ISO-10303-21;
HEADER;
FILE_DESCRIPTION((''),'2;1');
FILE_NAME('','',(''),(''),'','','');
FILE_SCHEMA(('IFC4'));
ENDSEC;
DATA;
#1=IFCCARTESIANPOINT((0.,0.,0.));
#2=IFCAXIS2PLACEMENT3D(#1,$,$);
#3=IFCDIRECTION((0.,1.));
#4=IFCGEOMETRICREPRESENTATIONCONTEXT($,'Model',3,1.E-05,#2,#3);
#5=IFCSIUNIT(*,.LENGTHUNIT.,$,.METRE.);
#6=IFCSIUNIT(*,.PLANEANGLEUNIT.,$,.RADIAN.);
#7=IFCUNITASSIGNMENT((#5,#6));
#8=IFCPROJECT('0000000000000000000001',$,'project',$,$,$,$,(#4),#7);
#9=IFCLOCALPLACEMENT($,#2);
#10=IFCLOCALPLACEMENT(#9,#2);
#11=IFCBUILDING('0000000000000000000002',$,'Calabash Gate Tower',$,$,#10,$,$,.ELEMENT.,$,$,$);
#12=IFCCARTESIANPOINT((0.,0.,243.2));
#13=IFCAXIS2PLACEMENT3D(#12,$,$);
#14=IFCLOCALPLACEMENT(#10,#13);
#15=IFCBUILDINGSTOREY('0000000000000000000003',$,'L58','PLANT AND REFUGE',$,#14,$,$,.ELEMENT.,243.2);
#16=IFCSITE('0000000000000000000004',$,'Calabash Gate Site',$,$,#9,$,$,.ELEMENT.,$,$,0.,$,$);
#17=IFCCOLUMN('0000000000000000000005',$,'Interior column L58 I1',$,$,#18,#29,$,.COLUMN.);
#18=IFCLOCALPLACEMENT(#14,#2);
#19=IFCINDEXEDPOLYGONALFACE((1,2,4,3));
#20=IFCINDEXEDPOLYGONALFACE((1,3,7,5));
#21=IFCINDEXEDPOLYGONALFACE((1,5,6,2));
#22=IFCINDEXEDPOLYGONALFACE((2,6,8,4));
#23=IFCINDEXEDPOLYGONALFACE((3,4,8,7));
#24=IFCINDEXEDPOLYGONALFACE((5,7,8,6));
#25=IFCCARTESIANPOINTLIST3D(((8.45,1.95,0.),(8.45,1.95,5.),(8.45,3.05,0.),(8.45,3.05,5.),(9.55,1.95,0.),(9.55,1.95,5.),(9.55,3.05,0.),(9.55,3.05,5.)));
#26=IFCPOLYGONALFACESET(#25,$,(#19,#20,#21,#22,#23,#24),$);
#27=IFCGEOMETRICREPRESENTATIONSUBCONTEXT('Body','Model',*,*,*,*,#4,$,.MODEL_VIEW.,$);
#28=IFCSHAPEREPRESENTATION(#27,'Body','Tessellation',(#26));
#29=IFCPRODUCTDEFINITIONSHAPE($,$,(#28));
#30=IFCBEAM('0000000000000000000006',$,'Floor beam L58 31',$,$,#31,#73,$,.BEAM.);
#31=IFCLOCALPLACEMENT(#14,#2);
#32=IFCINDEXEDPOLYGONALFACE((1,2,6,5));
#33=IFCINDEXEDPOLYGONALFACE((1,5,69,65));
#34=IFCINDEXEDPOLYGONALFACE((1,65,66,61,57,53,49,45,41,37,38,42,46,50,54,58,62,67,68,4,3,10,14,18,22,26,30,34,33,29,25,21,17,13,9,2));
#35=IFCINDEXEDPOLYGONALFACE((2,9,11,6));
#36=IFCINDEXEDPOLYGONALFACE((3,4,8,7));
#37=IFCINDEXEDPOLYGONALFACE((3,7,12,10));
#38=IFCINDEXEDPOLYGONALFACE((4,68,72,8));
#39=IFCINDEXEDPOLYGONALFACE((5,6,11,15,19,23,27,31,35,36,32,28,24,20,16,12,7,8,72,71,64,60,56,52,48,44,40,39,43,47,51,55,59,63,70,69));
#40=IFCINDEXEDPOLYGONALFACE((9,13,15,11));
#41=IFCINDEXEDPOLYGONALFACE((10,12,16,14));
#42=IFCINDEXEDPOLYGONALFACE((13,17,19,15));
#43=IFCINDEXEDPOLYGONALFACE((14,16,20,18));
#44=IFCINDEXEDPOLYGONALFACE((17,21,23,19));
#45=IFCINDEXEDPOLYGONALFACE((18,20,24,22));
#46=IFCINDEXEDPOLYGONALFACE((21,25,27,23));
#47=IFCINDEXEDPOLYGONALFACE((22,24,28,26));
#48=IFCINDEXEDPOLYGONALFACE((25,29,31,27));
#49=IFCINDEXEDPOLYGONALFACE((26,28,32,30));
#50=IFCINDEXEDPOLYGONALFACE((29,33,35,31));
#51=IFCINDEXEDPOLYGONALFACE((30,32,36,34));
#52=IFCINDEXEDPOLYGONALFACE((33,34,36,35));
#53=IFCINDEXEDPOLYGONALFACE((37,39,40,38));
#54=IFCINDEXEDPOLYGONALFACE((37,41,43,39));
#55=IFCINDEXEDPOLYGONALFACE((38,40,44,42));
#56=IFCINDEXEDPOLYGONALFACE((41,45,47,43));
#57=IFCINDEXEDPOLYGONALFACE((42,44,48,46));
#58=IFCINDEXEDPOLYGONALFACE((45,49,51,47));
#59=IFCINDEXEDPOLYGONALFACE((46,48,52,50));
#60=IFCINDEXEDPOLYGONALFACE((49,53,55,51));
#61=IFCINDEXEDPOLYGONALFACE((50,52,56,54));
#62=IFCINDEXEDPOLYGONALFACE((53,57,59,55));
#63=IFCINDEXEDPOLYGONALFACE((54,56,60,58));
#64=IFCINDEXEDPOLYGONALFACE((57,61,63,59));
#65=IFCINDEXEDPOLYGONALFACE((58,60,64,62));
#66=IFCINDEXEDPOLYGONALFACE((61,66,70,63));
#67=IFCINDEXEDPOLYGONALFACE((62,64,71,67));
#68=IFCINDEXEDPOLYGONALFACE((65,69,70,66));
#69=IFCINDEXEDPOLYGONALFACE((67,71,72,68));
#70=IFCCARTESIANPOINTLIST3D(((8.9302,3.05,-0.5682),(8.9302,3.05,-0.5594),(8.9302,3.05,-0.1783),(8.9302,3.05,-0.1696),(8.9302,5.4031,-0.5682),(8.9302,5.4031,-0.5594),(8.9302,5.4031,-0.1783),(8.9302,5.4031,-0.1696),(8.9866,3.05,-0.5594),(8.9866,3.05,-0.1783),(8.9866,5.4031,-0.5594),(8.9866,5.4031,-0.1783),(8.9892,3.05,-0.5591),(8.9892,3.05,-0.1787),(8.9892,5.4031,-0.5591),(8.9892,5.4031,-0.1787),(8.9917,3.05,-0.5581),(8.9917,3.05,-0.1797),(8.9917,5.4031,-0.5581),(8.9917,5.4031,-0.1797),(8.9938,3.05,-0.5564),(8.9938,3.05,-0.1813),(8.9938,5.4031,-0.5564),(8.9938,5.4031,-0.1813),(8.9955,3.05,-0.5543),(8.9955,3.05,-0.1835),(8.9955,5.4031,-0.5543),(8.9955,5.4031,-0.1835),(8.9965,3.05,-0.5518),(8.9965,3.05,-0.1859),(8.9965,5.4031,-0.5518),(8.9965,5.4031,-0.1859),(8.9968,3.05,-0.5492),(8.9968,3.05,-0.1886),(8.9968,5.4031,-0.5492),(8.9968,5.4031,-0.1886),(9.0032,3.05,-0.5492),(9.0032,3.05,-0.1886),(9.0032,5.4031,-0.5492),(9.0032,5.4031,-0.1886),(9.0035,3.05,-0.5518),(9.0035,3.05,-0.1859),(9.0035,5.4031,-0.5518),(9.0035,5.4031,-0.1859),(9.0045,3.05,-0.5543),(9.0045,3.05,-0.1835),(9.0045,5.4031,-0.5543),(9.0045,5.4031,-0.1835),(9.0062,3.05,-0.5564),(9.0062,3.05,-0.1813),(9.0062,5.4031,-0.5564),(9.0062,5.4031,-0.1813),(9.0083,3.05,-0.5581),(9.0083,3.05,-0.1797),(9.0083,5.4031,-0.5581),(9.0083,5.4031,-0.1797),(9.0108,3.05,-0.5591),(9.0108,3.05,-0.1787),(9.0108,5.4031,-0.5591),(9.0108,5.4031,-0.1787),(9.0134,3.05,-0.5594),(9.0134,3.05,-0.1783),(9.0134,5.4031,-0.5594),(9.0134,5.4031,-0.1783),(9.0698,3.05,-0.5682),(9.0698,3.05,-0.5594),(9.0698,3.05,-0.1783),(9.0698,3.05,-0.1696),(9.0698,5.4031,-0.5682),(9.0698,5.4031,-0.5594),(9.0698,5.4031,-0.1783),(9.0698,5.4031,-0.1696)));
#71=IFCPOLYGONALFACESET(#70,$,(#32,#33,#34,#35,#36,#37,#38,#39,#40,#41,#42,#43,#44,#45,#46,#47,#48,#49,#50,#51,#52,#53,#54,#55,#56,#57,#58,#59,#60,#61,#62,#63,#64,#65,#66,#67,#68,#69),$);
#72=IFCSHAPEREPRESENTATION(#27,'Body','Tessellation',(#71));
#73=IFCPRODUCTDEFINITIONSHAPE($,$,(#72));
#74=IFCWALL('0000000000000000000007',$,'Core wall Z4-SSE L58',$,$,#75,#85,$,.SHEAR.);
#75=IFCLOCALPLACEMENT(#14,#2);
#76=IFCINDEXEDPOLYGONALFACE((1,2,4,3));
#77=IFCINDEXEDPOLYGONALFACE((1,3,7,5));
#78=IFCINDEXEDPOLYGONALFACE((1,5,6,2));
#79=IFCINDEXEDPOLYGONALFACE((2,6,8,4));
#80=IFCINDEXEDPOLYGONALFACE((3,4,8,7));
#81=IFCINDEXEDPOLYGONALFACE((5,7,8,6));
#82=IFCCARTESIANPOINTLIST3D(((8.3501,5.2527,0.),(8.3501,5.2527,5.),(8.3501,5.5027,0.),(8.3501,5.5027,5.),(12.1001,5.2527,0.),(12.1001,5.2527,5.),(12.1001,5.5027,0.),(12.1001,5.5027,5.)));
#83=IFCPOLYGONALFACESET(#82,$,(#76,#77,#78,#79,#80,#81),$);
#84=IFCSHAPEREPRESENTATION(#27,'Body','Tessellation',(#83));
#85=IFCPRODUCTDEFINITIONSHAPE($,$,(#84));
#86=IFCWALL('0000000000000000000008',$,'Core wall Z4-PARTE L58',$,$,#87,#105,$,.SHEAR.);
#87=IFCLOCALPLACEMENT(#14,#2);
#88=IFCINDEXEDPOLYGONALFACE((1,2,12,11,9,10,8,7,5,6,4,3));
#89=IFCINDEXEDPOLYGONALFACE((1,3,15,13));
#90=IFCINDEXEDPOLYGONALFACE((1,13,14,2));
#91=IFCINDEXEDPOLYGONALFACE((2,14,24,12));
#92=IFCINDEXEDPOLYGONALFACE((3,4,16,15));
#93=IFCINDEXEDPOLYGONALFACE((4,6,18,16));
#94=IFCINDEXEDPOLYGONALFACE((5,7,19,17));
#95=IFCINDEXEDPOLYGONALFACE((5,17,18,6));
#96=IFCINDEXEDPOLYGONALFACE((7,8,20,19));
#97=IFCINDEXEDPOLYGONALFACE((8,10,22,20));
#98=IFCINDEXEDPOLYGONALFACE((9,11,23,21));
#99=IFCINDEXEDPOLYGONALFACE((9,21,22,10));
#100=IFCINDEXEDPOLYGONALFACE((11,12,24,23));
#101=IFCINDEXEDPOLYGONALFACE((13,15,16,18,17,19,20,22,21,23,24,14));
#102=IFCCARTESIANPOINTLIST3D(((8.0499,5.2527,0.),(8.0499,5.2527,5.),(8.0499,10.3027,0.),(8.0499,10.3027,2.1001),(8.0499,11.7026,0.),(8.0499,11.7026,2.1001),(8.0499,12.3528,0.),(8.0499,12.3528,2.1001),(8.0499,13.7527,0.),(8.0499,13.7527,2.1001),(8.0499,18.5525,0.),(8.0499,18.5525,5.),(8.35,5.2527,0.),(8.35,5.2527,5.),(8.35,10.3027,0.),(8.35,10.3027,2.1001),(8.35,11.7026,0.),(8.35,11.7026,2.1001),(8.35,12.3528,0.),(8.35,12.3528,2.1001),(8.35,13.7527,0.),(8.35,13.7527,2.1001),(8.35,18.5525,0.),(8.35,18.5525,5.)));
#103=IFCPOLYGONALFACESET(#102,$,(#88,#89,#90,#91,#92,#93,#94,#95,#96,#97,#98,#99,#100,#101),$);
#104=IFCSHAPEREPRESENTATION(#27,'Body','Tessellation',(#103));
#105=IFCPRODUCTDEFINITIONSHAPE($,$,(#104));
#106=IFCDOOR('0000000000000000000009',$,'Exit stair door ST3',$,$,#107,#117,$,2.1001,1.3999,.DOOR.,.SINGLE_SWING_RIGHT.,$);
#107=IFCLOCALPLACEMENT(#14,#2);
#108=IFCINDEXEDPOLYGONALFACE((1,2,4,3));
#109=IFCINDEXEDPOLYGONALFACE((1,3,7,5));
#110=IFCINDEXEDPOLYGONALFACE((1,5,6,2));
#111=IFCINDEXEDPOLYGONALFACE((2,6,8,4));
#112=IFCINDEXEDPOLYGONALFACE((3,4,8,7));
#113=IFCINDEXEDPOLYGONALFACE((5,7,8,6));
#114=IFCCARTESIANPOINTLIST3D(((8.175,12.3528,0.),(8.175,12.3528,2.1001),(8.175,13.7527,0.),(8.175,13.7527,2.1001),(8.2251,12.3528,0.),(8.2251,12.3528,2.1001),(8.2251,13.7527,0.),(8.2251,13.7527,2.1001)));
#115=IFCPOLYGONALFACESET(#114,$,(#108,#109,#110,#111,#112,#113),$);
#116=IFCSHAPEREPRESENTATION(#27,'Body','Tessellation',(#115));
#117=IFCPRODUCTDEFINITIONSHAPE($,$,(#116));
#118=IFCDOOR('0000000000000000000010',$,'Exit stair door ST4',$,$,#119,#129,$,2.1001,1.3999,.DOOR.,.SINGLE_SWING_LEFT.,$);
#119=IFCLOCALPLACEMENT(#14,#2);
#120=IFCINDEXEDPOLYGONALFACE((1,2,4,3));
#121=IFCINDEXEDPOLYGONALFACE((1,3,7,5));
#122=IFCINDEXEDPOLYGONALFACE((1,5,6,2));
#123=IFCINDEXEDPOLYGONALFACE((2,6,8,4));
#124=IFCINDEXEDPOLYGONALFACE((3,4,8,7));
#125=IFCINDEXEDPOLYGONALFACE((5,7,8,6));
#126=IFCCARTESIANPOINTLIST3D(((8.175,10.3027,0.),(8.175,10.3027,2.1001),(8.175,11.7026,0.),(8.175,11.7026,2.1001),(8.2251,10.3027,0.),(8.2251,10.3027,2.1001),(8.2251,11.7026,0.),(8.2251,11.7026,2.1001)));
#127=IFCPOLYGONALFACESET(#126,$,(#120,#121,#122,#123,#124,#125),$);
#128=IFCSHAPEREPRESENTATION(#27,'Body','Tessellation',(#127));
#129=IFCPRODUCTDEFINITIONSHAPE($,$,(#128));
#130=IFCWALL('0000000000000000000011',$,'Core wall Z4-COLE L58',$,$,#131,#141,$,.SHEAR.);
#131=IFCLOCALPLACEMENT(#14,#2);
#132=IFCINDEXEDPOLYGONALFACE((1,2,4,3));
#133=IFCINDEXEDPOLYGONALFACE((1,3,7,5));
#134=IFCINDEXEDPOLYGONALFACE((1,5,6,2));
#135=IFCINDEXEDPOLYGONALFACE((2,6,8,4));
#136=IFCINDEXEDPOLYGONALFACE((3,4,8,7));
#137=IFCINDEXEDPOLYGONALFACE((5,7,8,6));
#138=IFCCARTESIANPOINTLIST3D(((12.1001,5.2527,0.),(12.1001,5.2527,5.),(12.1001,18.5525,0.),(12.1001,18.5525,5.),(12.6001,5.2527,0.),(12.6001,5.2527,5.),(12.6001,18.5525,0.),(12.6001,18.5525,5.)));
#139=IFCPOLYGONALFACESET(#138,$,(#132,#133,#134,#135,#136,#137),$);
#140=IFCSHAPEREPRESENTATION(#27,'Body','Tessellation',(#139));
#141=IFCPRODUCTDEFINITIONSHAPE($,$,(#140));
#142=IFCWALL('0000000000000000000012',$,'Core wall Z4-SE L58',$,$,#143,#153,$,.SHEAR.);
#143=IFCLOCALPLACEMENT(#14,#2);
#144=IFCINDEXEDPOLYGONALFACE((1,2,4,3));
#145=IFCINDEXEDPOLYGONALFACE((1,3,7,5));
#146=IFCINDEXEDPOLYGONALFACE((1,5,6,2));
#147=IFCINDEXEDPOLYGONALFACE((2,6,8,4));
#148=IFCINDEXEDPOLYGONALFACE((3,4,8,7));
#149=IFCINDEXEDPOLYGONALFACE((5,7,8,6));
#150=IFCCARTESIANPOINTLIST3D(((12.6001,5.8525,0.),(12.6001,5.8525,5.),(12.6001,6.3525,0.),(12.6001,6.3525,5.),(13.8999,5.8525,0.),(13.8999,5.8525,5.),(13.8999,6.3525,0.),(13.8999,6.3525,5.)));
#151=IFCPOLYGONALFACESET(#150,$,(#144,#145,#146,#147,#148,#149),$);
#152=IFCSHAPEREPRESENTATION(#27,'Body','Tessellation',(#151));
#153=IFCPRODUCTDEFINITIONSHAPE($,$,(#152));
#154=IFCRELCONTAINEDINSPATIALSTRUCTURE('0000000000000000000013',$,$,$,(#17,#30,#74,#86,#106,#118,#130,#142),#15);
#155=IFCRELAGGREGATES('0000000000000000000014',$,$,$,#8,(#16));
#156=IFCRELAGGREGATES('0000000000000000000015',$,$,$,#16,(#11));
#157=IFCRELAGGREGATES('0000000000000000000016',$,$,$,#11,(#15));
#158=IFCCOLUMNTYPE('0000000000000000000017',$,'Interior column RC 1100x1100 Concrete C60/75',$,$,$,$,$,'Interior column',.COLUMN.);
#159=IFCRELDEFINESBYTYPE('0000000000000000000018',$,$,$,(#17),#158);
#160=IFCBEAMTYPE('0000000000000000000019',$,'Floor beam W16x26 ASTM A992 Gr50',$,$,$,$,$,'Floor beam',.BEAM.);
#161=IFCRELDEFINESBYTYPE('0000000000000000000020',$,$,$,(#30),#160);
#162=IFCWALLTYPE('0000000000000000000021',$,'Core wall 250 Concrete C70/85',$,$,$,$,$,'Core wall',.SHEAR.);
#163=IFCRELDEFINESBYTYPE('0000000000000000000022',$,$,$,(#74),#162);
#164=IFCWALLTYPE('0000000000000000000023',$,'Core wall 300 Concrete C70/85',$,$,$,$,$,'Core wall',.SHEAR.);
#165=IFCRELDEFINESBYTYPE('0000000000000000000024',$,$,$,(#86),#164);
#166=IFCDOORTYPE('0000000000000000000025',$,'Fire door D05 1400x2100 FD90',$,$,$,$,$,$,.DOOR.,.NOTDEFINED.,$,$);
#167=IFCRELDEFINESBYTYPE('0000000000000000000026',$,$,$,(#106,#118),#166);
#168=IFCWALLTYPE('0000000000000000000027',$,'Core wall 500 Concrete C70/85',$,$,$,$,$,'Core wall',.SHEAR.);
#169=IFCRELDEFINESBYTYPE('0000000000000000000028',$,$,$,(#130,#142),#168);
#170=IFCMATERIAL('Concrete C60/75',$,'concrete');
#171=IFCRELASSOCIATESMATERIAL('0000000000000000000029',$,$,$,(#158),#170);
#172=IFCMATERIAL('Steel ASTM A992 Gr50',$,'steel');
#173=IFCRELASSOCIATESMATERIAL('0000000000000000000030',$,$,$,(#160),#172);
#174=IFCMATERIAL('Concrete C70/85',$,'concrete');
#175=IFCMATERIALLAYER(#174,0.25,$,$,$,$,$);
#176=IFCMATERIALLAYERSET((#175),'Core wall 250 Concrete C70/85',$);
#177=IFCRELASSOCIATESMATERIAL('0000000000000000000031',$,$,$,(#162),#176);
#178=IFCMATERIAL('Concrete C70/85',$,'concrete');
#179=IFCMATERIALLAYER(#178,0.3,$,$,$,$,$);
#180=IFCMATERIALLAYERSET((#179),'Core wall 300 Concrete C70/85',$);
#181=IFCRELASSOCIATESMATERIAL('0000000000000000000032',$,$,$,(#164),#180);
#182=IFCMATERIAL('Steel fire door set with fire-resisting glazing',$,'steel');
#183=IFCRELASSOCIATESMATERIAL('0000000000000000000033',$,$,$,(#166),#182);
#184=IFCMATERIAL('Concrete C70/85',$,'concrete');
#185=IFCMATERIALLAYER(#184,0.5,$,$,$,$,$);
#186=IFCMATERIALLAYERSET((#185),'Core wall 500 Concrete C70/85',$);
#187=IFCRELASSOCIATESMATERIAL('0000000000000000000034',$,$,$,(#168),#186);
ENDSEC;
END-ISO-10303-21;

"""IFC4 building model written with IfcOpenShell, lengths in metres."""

from ifc_helpers import new_model, si_unit, direction, frame, frame_2d, origin, origin_2d, place, context, subcontext, project, spatial, rectangle, i_section, extrude, material, layer, layer_set, material_profile, profile_set, type_object, element, fill, save


model = new_model("IFC4")

# Units and contexts
model_context = context("Model", 3, precision=1e-05, world=origin(), true_north=direction((0.0, 1.0)))
body_context = subcontext(model_context, "Body", "Model", "MODEL_VIEW")
ifc_project = project(units=[si_unit("LENGTHUNIT", "METRE"), si_unit("PLANEANGLEUNIT", "RADIAN")], contexts=[model_context])

# Site, building, storey
site_placement = place(None, origin())
site = spatial("IfcSite", under=ifc_project, at=site_placement, Name="Calabash Gate Site", CompositionType="ELEMENT", RefElevation=0.0)
building_placement = place(site_placement, origin())
building = spatial("IfcBuilding", under=site, at=building_placement, Name="Calabash Gate Tower", CompositionType="ELEMENT")
storey_placement = place(building_placement, frame((0.0, 0.0, 243.2)))
storey = spatial("IfcBuildingStorey", under=building, at=storey_placement, Name="L58", Description="PLANT AND REFUGE", CompositionType="ELEMENT", Elevation=243.2)

# Column
ifc_material_1 = material(Name="Concrete C60/75", Category="concrete")
ifc_material_profile_1 = material_profile(ifc_material_1, rectangle(XDim=1.1001, YDim=1.1001, at=origin_2d()))
ifc_profile_set_1 = profile_set([ifc_material_profile_1], Name="Concrete C60/75")
column_type = type_object("IfcColumnType", Name="Interior column RC 1100x1100 Concrete C60/75", ElementType="Interior column", PredefinedType="COLUMN", material=ifc_profile_set_1)
column_placement = place(storey_placement, frame((9.0, 2.5, 0.0), z_axis=(0.0, 0.0, 1.0), x_axis=(1.0, 0.0, 0.0)))
element("IfcColumn", 1, at=column_placement, inside=storey, type_object=column_type, Name="Interior column L58 I1", PredefinedType="COLUMN", context=body_context, shape_type="SweptSolid", body=[
    extrude(rectangle(XDim=1.1001, YDim=1.1001, at=origin_2d()), origin(), (0.0, 0.0, 1.0), 5.0),
])

# Beam
ifc_material_2 = material(Name="Steel ASTM A992 Gr50", Category="steel")
ifc_material_profile_2 = material_profile(ifc_material_2, i_section(OverallWidth=0.1396, OverallDepth=0.3987, WebThickness=0.0063, FlangeThickness=0.0088, FilletRadius=0.0103, at=origin_2d()))
ifc_profile_set_2 = profile_set([ifc_material_profile_2], Name="Steel ASTM A992 Gr50")
beam_type = type_object("IfcBeamType", Name="Floor beam W16x26 ASTM A992 Gr50", ElementType="Floor beam", PredefinedType="BEAM", material=ifc_profile_set_2)
beam_placement = place(storey_placement, frame((9.0, 3.05, -0.3689), z_axis=(0.0, 1.0, 0.0), x_axis=(-1.0, 0.0, 0.0)))
element("IfcBeam", 2, at=beam_placement, inside=storey, type_object=beam_type, Name="Floor beam L58 31", PredefinedType="BEAM", context=body_context, shape_type="SweptSolid", body=[
    extrude(i_section(OverallWidth=0.1396, OverallDepth=0.3987, WebThickness=0.0063, FlangeThickness=0.0088, FilletRadius=0.0103, at=origin_2d()), origin(), (0.0, 0.0, 1.0), 2.353),
])

# Wall
ifc_material_3 = material(Name="Concrete C70/85", Category="concrete")
ifc_layer_1 = layer(ifc_material_3, 0.25)
ifc_layer_set_1 = layer_set([ifc_layer_1], Name="Core wall 250 Concrete C70/85")
wall_type_1 = type_object("IfcWallType", Name="Core wall 250 Concrete C70/85", ElementType="Core wall", PredefinedType="SHEAR", material=ifc_layer_set_1)
wall_1_placement = place(storey_placement, frame((8.3501, 5.3777, 0.0), z_axis=(0.0, 0.0, 1.0), x_axis=(1.0, 0.0, 0.0)))
element("IfcWall", 3, at=wall_1_placement, inside=storey, type_object=wall_type_1, Name="Core wall Z4-SSE L58", PredefinedType="SHEAR", context=body_context, shape_type="SweptSolid", body=[
    extrude(rectangle(XDim=3.75, YDim=0.25, at=frame_2d((1.875, 0.0))), origin(), (0.0, 0.0, 1.0), 5.0),
])

# Wall, openings, doors
ifc_material_4 = material(Name="Concrete C70/85", Category="concrete")
ifc_layer_2 = layer(ifc_material_4, 0.3)
ifc_layer_set_2 = layer_set([ifc_layer_2], Name="Core wall 300 Concrete C70/85")
wall_type_2 = type_object("IfcWallType", Name="Core wall 300 Concrete C70/85", ElementType="Core wall", PredefinedType="SHEAR", material=ifc_layer_set_2)
wall_2_placement = place(storey_placement, frame((8.2, 5.2527, 0.0), z_axis=(0.0, 0.0, 1.0), x_axis=(0.0, 1.0, 0.0)))
wall_2 = element("IfcWall", 4, at=wall_2_placement, inside=storey, type_object=wall_type_2, Name="Core wall Z4-PARTE L58", PredefinedType="SHEAR", context=body_context, shape_type="SweptSolid", body=[
    extrude(rectangle(XDim=13.2998, YDim=0.3, at=frame_2d((6.6499, 0.0))), origin(), (0.0, 0.0, 1.0), 5.0),
])
opening_1_placement = place(wall_2_placement, frame((7.1001, 0.0, 0.0)))
opening_1 = element("IfcOpeningElement", 5, at=opening_1_placement, cuts=wall_2, PredefinedType="OPENING", context=body_context, shape_type="SweptSolid", body=[
    extrude(rectangle(XDim=1.3999, YDim=2.1001, at=frame_2d((0.7, 1.05))), frame((0.0, 0.1599, 0.0), z_axis=(0.0, -1.0, 0.0), x_axis=(1.0, 0.0, 0.0)), (0.0, 0.0, 1.0), 0.3201),
])
opening_2_placement = place(wall_2_placement, frame((5.05, 0.0, 0.0)))
opening_2 = element("IfcOpeningElement", 6, at=opening_2_placement, cuts=wall_2, PredefinedType="OPENING", context=body_context, shape_type="SweptSolid", body=[
    extrude(rectangle(XDim=1.3999, YDim=2.1001, at=frame_2d((0.7, 1.05))), frame((0.0, 0.1599, 0.0), z_axis=(0.0, -1.0, 0.0), x_axis=(1.0, 0.0, 0.0)), (0.0, 0.0, 1.0), 0.3201),
])
ifc_material_5 = material(Name="Steel fire door set with fire-resisting glazing", Category="steel")
door_type_1 = type_object("IfcDoorType", Name="Fire door D05 1400x2100 FD90", OperationType="NOTDEFINED", PredefinedType="DOOR", material=ifc_material_5)
door_1_placement = place(opening_1_placement, origin())
door_1 = element("IfcDoor", 7, at=door_1_placement, inside=storey, type_object=door_type_1, Name="Exit stair door ST3", OperationType="SINGLE_SWING_RIGHT", OverallHeight=2.1001, OverallWidth=1.3999, PredefinedType="DOOR", context=body_context, shape_type="SweptSolid", body=[
    extrude(rectangle(XDim=1.3999, YDim=2.1001, at=frame_2d((0.7, 1.05))), frame((0.0, 0.0249, 0.0), z_axis=(0.0, -1.0, 0.0), x_axis=(1.0, 0.0, 0.0)), (0.0, 0.0, 1.0), 0.05),
])
fill(opening_1, door_1)
door_2_placement = place(opening_2_placement, origin())
door_2 = element("IfcDoor", 8, at=door_2_placement, inside=storey, type_object=door_type_1, Name="Exit stair door ST4", OperationType="SINGLE_SWING_LEFT", OverallHeight=2.1001, OverallWidth=1.3999, PredefinedType="DOOR", context=body_context, shape_type="SweptSolid", body=[
    extrude(rectangle(XDim=1.3999, YDim=2.1001, at=frame_2d((0.7, 1.05))), frame((0.0, 0.0249, 0.0), z_axis=(0.0, -1.0, 0.0), x_axis=(1.0, 0.0, 0.0)), (0.0, 0.0, 1.0), 0.05),
])
fill(opening_2, door_2)

# Walls
ifc_material_6 = material(Name="Concrete C70/85", Category="concrete")
ifc_layer_3 = layer(ifc_material_6, 0.5)
ifc_layer_set_3 = layer_set([ifc_layer_3], Name="Core wall 500 Concrete C70/85")
wall_type_3 = type_object("IfcWallType", Name="Core wall 500 Concrete C70/85", ElementType="Core wall", PredefinedType="SHEAR", material=ifc_layer_set_3)
wall_3_placement = place(storey_placement, frame((12.3501, 5.2527, 0.0), z_axis=(0.0, 0.0, 1.0), x_axis=(0.0, 1.0, 0.0)))
element("IfcWall", 9, at=wall_3_placement, inside=storey, type_object=wall_type_3, Name="Core wall Z4-COLE L58", PredefinedType="SHEAR", context=body_context, shape_type="SweptSolid", body=[
    extrude(rectangle(XDim=13.2998, YDim=0.5, at=frame_2d((6.6499, 0.0))), origin(), (0.0, 0.0, 1.0), 5.0),
])
wall_4_placement = place(storey_placement, frame((12.6001, 6.1025, 0.0), z_axis=(0.0, 0.0, 1.0), x_axis=(1.0, 0.0, 0.0)))
element("IfcWall", 10, at=wall_4_placement, inside=storey, type_object=wall_type_3, Name="Core wall Z4-SE L58", PredefinedType="SHEAR", context=body_context, shape_type="SweptSolid", body=[
    extrude(rectangle(XDim=1.2998, YDim=0.5, at=frame_2d((0.6499, 0.0))), origin(), (0.0, 0.0, 1.0), 5.0),
])

save(model, "model.ifc")
